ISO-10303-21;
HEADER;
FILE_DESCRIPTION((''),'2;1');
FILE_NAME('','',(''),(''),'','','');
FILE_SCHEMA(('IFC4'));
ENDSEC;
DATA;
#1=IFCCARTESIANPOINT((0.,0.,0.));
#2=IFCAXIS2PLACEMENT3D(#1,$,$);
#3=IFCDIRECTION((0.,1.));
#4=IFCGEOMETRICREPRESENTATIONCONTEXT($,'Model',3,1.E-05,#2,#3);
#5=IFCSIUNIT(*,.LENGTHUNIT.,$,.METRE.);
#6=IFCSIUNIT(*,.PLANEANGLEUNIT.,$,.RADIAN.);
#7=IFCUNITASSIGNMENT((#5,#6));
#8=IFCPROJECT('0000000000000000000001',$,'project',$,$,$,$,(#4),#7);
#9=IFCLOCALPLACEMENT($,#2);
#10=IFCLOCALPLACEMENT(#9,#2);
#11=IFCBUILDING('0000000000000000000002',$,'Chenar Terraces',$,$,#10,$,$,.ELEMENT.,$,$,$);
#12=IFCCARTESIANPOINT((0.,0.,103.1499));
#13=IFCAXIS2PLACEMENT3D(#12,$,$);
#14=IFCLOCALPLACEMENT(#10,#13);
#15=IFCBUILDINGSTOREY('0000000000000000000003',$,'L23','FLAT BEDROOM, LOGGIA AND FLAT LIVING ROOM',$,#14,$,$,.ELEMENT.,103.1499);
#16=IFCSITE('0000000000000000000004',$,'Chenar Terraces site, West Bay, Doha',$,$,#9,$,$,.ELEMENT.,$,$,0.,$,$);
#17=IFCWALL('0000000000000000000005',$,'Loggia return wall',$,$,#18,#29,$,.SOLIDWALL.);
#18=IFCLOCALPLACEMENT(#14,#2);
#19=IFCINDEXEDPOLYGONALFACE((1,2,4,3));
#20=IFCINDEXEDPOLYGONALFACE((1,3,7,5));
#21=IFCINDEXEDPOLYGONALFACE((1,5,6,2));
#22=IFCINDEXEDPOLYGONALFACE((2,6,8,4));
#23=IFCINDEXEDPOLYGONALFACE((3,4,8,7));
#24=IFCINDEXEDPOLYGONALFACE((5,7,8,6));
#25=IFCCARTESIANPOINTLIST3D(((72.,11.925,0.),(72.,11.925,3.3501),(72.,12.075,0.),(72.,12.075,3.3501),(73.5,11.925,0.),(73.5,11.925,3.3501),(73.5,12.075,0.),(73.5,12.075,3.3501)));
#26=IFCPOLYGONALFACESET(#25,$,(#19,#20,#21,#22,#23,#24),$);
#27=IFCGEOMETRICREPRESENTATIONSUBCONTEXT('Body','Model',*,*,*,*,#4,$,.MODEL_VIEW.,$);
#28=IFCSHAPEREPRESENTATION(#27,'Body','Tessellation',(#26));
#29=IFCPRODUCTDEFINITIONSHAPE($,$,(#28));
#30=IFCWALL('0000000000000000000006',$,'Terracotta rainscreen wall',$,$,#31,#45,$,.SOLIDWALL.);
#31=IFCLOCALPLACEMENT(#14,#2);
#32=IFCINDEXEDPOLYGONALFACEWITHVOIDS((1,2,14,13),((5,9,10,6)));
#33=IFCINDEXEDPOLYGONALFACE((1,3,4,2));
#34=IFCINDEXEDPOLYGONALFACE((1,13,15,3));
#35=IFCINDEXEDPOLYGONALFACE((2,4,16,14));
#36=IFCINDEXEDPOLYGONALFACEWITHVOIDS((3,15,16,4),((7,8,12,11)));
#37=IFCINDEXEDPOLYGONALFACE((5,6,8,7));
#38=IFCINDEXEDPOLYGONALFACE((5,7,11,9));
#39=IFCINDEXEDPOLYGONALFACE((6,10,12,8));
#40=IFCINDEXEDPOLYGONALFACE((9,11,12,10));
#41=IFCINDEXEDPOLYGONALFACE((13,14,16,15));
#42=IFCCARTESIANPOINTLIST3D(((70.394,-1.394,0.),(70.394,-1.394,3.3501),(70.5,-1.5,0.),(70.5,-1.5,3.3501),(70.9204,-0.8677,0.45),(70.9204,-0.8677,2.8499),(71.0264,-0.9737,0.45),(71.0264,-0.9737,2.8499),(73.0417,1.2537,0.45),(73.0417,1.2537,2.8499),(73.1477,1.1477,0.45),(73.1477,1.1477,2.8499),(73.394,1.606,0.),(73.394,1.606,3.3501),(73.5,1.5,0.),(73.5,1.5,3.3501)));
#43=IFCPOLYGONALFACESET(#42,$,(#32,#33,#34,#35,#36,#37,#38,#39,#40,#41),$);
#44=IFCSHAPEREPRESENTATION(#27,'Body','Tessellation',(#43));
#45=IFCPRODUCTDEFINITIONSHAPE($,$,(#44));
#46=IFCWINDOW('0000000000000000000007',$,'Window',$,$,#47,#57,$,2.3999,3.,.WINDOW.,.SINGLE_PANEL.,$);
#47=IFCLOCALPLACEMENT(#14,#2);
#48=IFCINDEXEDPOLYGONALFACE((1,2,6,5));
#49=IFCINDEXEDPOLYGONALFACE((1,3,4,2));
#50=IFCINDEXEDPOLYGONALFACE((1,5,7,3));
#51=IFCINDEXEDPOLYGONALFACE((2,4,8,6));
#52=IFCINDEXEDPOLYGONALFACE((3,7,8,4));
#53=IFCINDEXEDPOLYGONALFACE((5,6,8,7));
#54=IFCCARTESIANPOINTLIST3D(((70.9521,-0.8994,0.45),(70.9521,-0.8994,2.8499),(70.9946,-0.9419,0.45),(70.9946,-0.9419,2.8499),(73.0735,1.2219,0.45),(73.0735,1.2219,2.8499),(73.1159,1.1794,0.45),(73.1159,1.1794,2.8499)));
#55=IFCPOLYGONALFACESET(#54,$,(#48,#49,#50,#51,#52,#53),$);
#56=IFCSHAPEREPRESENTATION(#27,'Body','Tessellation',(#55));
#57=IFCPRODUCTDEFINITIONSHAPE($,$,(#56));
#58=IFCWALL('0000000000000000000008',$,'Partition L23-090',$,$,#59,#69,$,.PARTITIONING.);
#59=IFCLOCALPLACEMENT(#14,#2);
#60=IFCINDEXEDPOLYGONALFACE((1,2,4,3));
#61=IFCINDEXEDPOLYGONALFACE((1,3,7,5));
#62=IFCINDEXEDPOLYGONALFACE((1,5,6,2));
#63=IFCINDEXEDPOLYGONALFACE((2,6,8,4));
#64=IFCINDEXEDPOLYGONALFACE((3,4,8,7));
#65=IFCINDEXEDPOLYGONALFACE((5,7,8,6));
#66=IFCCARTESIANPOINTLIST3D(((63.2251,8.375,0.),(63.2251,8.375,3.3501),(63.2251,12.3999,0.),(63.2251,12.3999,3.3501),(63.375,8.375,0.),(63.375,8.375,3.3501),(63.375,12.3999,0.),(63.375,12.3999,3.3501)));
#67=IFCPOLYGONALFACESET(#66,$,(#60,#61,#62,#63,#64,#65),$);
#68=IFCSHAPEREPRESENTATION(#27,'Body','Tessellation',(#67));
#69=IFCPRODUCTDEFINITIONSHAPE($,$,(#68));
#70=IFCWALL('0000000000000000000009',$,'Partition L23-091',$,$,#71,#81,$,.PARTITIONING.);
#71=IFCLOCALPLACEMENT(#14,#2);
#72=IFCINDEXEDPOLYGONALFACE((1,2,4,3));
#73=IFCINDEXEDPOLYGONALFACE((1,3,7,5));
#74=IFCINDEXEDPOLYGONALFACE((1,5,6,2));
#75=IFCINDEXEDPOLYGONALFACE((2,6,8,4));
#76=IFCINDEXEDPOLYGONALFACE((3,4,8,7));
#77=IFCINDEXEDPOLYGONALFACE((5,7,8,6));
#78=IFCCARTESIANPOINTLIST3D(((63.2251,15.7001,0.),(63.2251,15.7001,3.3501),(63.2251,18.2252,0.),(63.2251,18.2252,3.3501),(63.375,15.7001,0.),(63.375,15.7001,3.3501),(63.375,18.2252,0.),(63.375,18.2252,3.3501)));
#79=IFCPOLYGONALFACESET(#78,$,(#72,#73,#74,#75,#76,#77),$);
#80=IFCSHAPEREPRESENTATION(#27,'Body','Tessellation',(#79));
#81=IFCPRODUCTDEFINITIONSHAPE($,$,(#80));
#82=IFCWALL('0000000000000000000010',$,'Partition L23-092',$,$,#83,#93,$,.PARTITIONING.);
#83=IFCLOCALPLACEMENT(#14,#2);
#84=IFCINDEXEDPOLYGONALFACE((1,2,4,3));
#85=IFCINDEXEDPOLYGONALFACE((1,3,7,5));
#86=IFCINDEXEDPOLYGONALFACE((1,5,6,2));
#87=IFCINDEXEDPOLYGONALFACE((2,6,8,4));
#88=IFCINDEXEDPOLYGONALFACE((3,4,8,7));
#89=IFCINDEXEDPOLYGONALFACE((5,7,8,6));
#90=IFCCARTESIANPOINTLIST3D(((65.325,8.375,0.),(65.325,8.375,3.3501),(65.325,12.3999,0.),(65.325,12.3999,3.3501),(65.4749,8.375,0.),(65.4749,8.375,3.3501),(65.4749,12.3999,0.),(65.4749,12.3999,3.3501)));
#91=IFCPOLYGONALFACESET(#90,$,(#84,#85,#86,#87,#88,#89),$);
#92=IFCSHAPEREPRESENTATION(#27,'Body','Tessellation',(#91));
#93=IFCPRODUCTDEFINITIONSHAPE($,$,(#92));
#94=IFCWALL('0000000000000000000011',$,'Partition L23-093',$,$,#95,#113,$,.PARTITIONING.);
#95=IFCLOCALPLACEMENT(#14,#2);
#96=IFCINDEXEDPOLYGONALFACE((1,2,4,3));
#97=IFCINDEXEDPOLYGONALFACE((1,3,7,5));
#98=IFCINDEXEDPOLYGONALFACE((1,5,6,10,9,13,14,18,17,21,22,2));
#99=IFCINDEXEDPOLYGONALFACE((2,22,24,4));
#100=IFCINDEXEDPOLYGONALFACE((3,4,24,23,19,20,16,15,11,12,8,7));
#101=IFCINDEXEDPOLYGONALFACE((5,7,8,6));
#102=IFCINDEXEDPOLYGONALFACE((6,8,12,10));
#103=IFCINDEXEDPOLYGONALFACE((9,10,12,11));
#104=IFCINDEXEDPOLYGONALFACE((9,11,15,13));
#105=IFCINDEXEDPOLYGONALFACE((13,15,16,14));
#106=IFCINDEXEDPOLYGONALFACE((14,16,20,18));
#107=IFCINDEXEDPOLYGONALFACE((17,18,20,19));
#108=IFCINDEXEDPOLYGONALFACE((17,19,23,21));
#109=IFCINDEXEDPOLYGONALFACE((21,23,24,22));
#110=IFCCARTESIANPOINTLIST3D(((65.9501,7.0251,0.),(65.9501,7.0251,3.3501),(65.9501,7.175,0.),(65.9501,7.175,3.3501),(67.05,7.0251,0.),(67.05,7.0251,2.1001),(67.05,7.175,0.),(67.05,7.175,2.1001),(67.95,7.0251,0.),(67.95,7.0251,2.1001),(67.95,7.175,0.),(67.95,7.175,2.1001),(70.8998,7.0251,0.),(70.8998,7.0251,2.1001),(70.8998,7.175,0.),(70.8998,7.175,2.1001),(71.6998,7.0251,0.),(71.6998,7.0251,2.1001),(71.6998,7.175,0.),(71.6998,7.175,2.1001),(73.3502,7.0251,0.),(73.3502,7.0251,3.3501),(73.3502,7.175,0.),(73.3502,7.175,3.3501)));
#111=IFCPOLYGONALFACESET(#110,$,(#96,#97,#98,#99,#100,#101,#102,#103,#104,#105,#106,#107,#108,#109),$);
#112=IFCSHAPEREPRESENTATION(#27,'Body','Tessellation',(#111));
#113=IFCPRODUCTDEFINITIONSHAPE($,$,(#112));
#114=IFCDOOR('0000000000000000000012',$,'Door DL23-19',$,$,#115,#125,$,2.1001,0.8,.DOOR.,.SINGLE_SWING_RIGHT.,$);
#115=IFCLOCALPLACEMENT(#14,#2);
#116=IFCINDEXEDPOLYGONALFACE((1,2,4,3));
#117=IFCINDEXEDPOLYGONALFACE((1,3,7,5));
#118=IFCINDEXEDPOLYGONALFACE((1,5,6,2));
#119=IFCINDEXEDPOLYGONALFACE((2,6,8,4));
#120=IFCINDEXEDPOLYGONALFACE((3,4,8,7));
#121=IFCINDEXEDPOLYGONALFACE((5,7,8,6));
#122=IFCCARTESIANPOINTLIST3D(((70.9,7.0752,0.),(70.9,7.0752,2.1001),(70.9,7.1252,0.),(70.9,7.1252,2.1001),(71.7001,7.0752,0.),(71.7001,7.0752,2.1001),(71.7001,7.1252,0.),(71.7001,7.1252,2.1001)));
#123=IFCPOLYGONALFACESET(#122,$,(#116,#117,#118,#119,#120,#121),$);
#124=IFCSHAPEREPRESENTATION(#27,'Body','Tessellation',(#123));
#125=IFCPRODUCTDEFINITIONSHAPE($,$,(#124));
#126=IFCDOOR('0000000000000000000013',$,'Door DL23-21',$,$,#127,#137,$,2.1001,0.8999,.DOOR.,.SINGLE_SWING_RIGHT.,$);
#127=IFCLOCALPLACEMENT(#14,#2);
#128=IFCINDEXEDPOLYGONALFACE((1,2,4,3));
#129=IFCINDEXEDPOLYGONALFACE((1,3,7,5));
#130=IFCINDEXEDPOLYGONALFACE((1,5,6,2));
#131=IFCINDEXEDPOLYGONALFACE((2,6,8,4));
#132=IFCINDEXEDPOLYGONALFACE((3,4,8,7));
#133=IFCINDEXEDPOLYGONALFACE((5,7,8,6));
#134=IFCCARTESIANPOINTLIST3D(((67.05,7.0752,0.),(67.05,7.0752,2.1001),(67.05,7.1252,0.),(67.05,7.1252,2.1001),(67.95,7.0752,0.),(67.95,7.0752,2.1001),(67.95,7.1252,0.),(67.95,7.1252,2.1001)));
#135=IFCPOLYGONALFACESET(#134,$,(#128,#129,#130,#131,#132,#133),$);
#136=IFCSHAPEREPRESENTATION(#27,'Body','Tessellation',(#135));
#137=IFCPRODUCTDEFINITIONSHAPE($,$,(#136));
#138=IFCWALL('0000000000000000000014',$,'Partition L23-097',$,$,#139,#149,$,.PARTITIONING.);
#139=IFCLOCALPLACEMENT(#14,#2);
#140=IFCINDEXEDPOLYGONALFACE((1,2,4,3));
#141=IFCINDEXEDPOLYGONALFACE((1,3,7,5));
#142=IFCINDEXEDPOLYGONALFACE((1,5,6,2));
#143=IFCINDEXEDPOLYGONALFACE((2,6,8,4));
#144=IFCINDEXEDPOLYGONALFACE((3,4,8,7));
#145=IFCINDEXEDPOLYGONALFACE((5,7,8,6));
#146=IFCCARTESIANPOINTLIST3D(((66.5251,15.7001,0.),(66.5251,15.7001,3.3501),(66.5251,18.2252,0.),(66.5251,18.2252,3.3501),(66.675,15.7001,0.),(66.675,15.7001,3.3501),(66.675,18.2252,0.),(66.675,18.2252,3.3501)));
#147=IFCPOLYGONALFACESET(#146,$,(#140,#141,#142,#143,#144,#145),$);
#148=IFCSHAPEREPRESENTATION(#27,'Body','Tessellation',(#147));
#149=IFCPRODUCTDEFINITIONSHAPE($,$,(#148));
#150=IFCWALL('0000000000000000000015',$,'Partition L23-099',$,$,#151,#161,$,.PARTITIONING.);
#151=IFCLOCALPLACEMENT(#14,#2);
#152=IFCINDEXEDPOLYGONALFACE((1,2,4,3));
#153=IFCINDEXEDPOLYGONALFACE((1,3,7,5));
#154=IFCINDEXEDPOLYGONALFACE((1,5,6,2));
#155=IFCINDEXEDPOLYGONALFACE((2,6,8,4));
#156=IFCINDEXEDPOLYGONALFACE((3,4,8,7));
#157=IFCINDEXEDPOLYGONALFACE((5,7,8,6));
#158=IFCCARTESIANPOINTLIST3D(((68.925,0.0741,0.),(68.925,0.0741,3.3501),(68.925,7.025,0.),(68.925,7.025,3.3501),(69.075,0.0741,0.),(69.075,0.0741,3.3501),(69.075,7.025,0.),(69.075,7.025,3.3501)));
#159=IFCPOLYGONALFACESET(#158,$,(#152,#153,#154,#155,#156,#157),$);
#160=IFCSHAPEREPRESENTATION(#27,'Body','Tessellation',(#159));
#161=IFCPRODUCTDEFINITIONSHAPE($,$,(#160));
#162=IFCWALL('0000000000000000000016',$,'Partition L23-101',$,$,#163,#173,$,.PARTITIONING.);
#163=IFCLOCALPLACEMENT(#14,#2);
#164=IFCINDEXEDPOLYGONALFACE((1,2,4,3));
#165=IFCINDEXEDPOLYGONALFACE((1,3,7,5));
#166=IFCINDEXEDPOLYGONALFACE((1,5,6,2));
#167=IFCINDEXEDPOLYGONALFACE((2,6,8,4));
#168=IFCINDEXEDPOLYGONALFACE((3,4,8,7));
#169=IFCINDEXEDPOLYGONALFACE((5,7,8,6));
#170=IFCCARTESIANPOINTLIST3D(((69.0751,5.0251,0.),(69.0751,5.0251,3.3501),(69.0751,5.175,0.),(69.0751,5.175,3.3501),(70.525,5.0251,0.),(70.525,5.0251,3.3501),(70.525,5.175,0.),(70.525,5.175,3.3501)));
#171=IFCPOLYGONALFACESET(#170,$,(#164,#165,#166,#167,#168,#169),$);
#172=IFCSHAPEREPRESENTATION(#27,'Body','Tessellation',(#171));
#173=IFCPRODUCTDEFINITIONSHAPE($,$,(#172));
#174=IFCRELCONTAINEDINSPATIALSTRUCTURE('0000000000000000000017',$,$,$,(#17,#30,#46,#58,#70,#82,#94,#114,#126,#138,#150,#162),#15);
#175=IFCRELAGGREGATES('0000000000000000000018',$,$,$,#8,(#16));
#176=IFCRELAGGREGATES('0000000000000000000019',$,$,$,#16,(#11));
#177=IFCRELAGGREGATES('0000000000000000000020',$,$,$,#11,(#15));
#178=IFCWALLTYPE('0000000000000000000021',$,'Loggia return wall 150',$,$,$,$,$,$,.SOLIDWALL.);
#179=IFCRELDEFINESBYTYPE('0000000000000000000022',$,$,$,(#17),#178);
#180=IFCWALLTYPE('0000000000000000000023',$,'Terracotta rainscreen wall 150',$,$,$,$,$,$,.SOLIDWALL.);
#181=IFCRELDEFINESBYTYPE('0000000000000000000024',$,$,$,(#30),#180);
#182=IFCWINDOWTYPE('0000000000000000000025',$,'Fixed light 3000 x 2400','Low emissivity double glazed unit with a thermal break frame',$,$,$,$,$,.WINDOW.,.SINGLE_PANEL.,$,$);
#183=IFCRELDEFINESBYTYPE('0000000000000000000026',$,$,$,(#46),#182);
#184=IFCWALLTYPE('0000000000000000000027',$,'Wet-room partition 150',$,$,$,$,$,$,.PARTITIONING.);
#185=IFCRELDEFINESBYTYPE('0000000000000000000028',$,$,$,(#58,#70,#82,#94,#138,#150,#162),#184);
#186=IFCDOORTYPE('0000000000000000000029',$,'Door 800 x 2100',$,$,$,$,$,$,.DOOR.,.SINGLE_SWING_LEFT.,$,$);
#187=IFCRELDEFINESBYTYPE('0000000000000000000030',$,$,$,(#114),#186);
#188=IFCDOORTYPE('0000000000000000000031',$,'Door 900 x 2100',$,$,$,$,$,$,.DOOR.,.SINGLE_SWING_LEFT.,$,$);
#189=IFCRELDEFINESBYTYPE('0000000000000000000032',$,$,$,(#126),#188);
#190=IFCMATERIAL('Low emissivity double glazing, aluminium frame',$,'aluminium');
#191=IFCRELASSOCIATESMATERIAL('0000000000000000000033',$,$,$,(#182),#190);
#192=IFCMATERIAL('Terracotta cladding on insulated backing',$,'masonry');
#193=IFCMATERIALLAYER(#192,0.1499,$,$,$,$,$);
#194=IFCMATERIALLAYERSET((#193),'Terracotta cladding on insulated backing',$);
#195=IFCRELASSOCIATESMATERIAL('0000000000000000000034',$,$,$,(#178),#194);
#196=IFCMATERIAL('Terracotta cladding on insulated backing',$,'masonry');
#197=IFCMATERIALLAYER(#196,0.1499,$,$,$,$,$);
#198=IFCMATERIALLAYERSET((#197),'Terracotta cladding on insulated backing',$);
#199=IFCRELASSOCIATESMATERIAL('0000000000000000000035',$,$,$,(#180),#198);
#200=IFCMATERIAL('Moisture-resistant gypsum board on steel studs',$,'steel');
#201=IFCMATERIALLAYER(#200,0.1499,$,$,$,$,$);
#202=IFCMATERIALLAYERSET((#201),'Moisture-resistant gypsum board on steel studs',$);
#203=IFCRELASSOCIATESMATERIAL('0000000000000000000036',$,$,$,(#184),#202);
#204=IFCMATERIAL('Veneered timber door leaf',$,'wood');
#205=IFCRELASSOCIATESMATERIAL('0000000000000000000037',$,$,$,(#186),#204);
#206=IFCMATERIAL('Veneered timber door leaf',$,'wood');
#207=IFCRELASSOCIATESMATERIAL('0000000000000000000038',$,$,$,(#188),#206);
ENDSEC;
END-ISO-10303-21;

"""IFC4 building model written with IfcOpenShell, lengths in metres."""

from ifc_helpers import new_model, si_unit, direction, frame, frame_2d, origin, place, context, subcontext, project, spatial, rectangle, extrude, material, layer, layer_set, type_object, element, fill, save


model = new_model("IFC4")

# Units and contexts
model_context = context("Model", 3, precision=1e-05, world=origin(), true_north=direction((0.0, 1.0)))
body_context = subcontext(model_context, "Body", "Model", "MODEL_VIEW")
ifc_project = project(units=[si_unit("LENGTHUNIT", "METRE"), si_unit("PLANEANGLEUNIT", "RADIAN")], contexts=[model_context])

# Site, building, storey
site_placement = place(None, origin())
site = spatial("IfcSite", under=ifc_project, at=site_placement, Name="Chenar Terraces site, West Bay, Doha", CompositionType="ELEMENT", RefElevation=0.0)
building_placement = place(site_placement, origin())
building = spatial("IfcBuilding", under=site, at=building_placement, Name="Chenar Terraces", CompositionType="ELEMENT")
storey_placement = place(building_placement, frame((0.0, 0.0, 103.1499)))
storey = spatial("IfcBuildingStorey", under=building, at=storey_placement, Name="L23", Description="FLAT BEDROOM, LOGGIA AND FLAT LIVING ROOM", CompositionType="ELEMENT", Elevation=103.1499)

# Shared definitions
ifc_material_1 = material(Name="Low emissivity double glazing, aluminium frame", Category="aluminium")
window_type_1 = type_object("IfcWindowType", Name="Fixed light 3000 x 2400", Description="Low emissivity double glazed unit with a thermal break frame", PartitioningType="SINGLE_PANEL", PredefinedType="WINDOW", material=ifc_material_1)

# Wall
ifc_material_2 = material(Name="Terracotta cladding on insulated backing", Category="masonry")
ifc_layer_1 = layer(ifc_material_2, 0.1499)
ifc_layer_set_1 = layer_set([ifc_layer_1], Name="Terracotta cladding on insulated backing")
wall_type_1 = type_object("IfcWallType", Name="Loggia return wall 150", PredefinedType="SOLIDWALL", material=ifc_layer_set_1)
for number, where, z_axis, x_axis, name in (
    (1, (73.5, 12.0, 0.0), (0.0, 0.0, 1.0), (-1.0, 0.0, 0.0), "Loggia return wall"),
):
    element("IfcWall", number, at=place(storey_placement, frame(where, z_axis=z_axis, x_axis=x_axis)), inside=storey, type_object=wall_type_1, Name=name, PredefinedType="SOLIDWALL", context=body_context, shape_type="SweptSolid", body=[
        extrude(rectangle(XDim=1.5, YDim=0.1499, at=frame_2d((0.75, 0.0))), origin(), (0.0, 0.0, 1.0), 3.3501),
    ])

# Wall, opening, window
ifc_material_3 = material(Name="Terracotta cladding on insulated backing", Category="masonry")
ifc_layer_2 = layer(ifc_material_3, 0.1499)
ifc_layer_set_2 = layer_set([ifc_layer_2], Name="Terracotta cladding on insulated backing")
wall_type_2 = type_object("IfcWallType", Name="Terracotta rainscreen wall 150", PredefinedType="SOLIDWALL", material=ifc_layer_set_2)
wall_1_placement = place(storey_placement, frame((70.447, -1.447, 0.0), z_axis=(0.0, 0.0, 1.0), x_axis=(0.707107, 0.707107, 0.0)))
wall_1 = element("IfcWall", 2, at=wall_1_placement, inside=storey, type_object=wall_type_2, Name="Terracotta rainscreen wall", PredefinedType="SOLIDWALL", context=body_context, shape_type="SweptSolid", body=[
    extrude(rectangle(XDim=4.2427, YDim=0.1499, at=frame_2d((2.1213, 0.0))), origin(), (0.0, 0.0, 1.0), 3.3501),
])
opening_1_placement = place(wall_1_placement, frame((0.7444, 0.0, 0.45)))
opening_1 = element("IfcOpeningElement", 3, at=opening_1_placement, cuts=wall_1, PredefinedType="OPENING", context=body_context, shape_type="SweptSolid", body=[
    extrude(rectangle(XDim=3.0, YDim=2.3999, at=frame_2d((1.5, 1.2))), frame((0.0, 0.085, 0.0), z_axis=(0.0, -1.0, 0.0), x_axis=(1.0, 0.0, 0.0)), (0.0, 0.0, 1.0), 0.1699),
])
window_1_placement = place(opening_1_placement, origin())
window_1 = element("IfcWindow", 4, at=window_1_placement, inside=storey, type_object=window_type_1, Name="Window", OverallHeight=2.3999, OverallWidth=3.0, PartitioningType="SINGLE_PANEL", PredefinedType="WINDOW", context=body_context, shape_type="SweptSolid", body=[
    extrude(rectangle(XDim=3.0, YDim=2.3999, at=frame_2d((1.5, 1.2))), frame((0.0, 0.03, 0.0), z_axis=(0.0, -1.0, 0.0), x_axis=(1.0, 0.0, 0.0)), (0.0, 0.0, 1.0), 0.0601),
])
fill(opening_1, window_1)

# Walls
ifc_material_4 = material(Name="Moisture-resistant gypsum board on steel studs", Category="steel")
ifc_layer_3 = layer(ifc_material_4, 0.1499)
ifc_layer_set_3 = layer_set([ifc_layer_3], Name="Moisture-resistant gypsum board on steel studs")
wall_type_3 = type_object("IfcWallType", Name="Wet-room partition 150", PredefinedType="PARTITIONING", material=ifc_layer_set_3)
wall_2_placement = place(storey_placement, frame((63.3, 8.375, 0.0), z_axis=(0.0, 0.0, 1.0), x_axis=(0.0, 1.0, 0.0)))
element("IfcWall", 5, at=wall_2_placement, inside=storey, type_object=wall_type_3, Name="Partition L23-090", PredefinedType="PARTITIONING", context=body_context, shape_type="SweptSolid", body=[
    extrude(rectangle(XDim=4.0249, YDim=0.1499, at=frame_2d((2.0125, 0.0))), origin(), (0.0, 0.0, 1.0), 3.3501),
])
wall_3_placement = place(storey_placement, frame((63.3, 15.7, 0.0), z_axis=(0.0, 0.0, 1.0), x_axis=(0.0, 1.0, 0.0)))
element("IfcWall", 6, at=wall_3_placement, inside=storey, type_object=wall_type_3, Name="Partition L23-091", PredefinedType="PARTITIONING", context=body_context, shape_type="SweptSolid", body=[
    extrude(rectangle(XDim=2.5251, YDim=0.1499, at=frame_2d((1.2627, 0.0))), origin(), (0.0, 0.0, 1.0), 3.3501),
])
wall_4_placement = place(storey_placement, frame((65.3999, 8.375, 0.0), z_axis=(0.0, 0.0, 1.0), x_axis=(0.0, 1.0, 0.0)))
element("IfcWall", 7, at=wall_4_placement, inside=storey, type_object=wall_type_3, Name="Partition L23-092", PredefinedType="PARTITIONING", context=body_context, shape_type="SweptSolid", body=[
    extrude(rectangle(XDim=4.0249, YDim=0.1499, at=frame_2d((2.0125, 0.0))), origin(), (0.0, 0.0, 1.0), 3.3501),
])

# Wall, openings, doors
wall_5_placement = place(storey_placement, frame((65.95, 7.1001, 0.0), z_axis=(0.0, 0.0, 1.0), x_axis=(1.0, 0.0, 0.0)))
wall_5 = element("IfcWall", 8, at=wall_5_placement, inside=storey, type_object=wall_type_3, Name="Partition L23-093", PredefinedType="PARTITIONING", context=body_context, shape_type="SweptSolid", body=[
    extrude(rectangle(XDim=7.4001, YDim=0.1499, at=frame_2d((3.7002, 0.0))), origin(), (0.0, 0.0, 1.0), 3.3501),
])
opening_2_placement = place(wall_5_placement, frame((4.95, 0.0, 0.0)))
opening_2 = element("IfcOpeningElement", 9, at=opening_2_placement, cuts=wall_5, PredefinedType="OPENING", context=body_context, shape_type="SweptSolid", body=[
    extrude(rectangle(XDim=0.8, YDim=2.1001, at=frame_2d((0.3999, 1.05))), frame((0.0, 0.085, 0.0), z_axis=(0.0, -1.0, 0.0), x_axis=(1.0, 0.0, 0.0)), (0.0, 0.0, 1.0), 0.1699),
])
opening_3_placement = place(wall_5_placement, frame((1.1001, 0.0, 0.0)))
opening_3 = element("IfcOpeningElement", 10, at=opening_3_placement, cuts=wall_5, PredefinedType="OPENING", context=body_context, shape_type="SweptSolid", body=[
    extrude(rectangle(XDim=0.8999, YDim=2.1001, at=frame_2d((0.45, 1.05))), frame((0.0, 0.085, 0.0), z_axis=(0.0, -1.0, 0.0), x_axis=(1.0, 0.0, 0.0)), (0.0, 0.0, 1.0), 0.1699),
])
ifc_material_5 = material(Name="Veneered timber door leaf", Category="wood")
door_type_1 = type_object("IfcDoorType", Name="Door 800 x 2100", OperationType="SINGLE_SWING_LEFT", PredefinedType="DOOR", material=ifc_material_5)
door_1_placement = place(opening_2_placement, frame((0.8, 0.0, 0.0), z_axis=(0.0, 0.0, 1.0), x_axis=(-1.0, 0.0, 0.0)))
door_1 = element("IfcDoor", 11, at=door_1_placement, inside=storey, type_object=door_type_1, Name="Door DL23-19", OperationType="SINGLE_SWING_RIGHT", OverallHeight=2.1001, OverallWidth=0.8, PredefinedType="DOOR", context=body_context, shape_type="SweptSolid", body=[
    extrude(rectangle(XDim=0.8, YDim=2.1001, at=frame_2d((0.3999, 1.05))), frame((0.0, 0.0249, 0.0), z_axis=(0.0, -1.0, 0.0), x_axis=(1.0, 0.0, 0.0)), (0.0, 0.0, 1.0), 0.05),
])
fill(opening_2, door_1)
ifc_material_6 = material(Name="Veneered timber door leaf", Category="wood")
door_type_2 = type_object("IfcDoorType", Name="Door 900 x 2100", OperationType="SINGLE_SWING_LEFT", PredefinedType="DOOR", material=ifc_material_6)
door_2_placement = place(opening_3_placement, frame((0.8999, 0.0, 0.0), z_axis=(0.0, 0.0, 1.0), x_axis=(-1.0, 0.0, 0.0)))
door_2 = element("IfcDoor", 12, at=door_2_placement, inside=storey, type_object=door_type_2, Name="Door DL23-21", OperationType="SINGLE_SWING_RIGHT", OverallHeight=2.1001, OverallWidth=0.8999, PredefinedType="DOOR", context=body_context, shape_type="SweptSolid", body=[
    extrude(rectangle(XDim=0.8999, YDim=2.1001, at=frame_2d((0.45, 1.05))), frame((0.0, 0.0249, 0.0), z_axis=(0.0, -1.0, 0.0), x_axis=(1.0, 0.0, 0.0)), (0.0, 0.0, 1.0), 0.05),
])
fill(opening_3, door_2)

# Walls
wall_6_placement = place(storey_placement, frame((66.6001, 15.7, 0.0), z_axis=(0.0, 0.0, 1.0), x_axis=(0.0, 1.0, 0.0)))
element("IfcWall", 13, at=wall_6_placement, inside=storey, type_object=wall_type_3, Name="Partition L23-097", PredefinedType="PARTITIONING", context=body_context, shape_type="SweptSolid", body=[
    extrude(rectangle(XDim=2.5251, YDim=0.1499, at=frame_2d((1.2627, 0.0))), origin(), (0.0, 0.0, 1.0), 3.3501),
])
wall_7_placement = place(storey_placement, frame((69.0, 0.074, 0.0), z_axis=(0.0, 0.0, 1.0), x_axis=(0.0, 1.0, 0.0)))
element("IfcWall", 14, at=wall_7_placement, inside=storey, type_object=wall_type_3, Name="Partition L23-099", PredefinedType="PARTITIONING", context=body_context, shape_type="SweptSolid", body=[
    extrude(rectangle(XDim=6.9509, YDim=0.1499, at=frame_2d((3.4756, 0.0))), origin(), (0.0, 0.0, 1.0), 3.3501),
])
wall_8_placement = place(storey_placement, frame((69.075, 5.1001, 0.0), z_axis=(0.0, 0.0, 1.0), x_axis=(1.0, 0.0, 0.0)))
element("IfcWall", 15, at=wall_8_placement, inside=storey, type_object=wall_type_3, Name="Partition L23-101", PredefinedType="PARTITIONING", context=body_context, shape_type="SweptSolid", body=[
    extrude(rectangle(XDim=1.45, YDim=0.1499, at=frame_2d((0.7251, 0.0))), origin(), (0.0, 0.0, 1.0), 3.3501),
])

save(model, "model.ifc")
